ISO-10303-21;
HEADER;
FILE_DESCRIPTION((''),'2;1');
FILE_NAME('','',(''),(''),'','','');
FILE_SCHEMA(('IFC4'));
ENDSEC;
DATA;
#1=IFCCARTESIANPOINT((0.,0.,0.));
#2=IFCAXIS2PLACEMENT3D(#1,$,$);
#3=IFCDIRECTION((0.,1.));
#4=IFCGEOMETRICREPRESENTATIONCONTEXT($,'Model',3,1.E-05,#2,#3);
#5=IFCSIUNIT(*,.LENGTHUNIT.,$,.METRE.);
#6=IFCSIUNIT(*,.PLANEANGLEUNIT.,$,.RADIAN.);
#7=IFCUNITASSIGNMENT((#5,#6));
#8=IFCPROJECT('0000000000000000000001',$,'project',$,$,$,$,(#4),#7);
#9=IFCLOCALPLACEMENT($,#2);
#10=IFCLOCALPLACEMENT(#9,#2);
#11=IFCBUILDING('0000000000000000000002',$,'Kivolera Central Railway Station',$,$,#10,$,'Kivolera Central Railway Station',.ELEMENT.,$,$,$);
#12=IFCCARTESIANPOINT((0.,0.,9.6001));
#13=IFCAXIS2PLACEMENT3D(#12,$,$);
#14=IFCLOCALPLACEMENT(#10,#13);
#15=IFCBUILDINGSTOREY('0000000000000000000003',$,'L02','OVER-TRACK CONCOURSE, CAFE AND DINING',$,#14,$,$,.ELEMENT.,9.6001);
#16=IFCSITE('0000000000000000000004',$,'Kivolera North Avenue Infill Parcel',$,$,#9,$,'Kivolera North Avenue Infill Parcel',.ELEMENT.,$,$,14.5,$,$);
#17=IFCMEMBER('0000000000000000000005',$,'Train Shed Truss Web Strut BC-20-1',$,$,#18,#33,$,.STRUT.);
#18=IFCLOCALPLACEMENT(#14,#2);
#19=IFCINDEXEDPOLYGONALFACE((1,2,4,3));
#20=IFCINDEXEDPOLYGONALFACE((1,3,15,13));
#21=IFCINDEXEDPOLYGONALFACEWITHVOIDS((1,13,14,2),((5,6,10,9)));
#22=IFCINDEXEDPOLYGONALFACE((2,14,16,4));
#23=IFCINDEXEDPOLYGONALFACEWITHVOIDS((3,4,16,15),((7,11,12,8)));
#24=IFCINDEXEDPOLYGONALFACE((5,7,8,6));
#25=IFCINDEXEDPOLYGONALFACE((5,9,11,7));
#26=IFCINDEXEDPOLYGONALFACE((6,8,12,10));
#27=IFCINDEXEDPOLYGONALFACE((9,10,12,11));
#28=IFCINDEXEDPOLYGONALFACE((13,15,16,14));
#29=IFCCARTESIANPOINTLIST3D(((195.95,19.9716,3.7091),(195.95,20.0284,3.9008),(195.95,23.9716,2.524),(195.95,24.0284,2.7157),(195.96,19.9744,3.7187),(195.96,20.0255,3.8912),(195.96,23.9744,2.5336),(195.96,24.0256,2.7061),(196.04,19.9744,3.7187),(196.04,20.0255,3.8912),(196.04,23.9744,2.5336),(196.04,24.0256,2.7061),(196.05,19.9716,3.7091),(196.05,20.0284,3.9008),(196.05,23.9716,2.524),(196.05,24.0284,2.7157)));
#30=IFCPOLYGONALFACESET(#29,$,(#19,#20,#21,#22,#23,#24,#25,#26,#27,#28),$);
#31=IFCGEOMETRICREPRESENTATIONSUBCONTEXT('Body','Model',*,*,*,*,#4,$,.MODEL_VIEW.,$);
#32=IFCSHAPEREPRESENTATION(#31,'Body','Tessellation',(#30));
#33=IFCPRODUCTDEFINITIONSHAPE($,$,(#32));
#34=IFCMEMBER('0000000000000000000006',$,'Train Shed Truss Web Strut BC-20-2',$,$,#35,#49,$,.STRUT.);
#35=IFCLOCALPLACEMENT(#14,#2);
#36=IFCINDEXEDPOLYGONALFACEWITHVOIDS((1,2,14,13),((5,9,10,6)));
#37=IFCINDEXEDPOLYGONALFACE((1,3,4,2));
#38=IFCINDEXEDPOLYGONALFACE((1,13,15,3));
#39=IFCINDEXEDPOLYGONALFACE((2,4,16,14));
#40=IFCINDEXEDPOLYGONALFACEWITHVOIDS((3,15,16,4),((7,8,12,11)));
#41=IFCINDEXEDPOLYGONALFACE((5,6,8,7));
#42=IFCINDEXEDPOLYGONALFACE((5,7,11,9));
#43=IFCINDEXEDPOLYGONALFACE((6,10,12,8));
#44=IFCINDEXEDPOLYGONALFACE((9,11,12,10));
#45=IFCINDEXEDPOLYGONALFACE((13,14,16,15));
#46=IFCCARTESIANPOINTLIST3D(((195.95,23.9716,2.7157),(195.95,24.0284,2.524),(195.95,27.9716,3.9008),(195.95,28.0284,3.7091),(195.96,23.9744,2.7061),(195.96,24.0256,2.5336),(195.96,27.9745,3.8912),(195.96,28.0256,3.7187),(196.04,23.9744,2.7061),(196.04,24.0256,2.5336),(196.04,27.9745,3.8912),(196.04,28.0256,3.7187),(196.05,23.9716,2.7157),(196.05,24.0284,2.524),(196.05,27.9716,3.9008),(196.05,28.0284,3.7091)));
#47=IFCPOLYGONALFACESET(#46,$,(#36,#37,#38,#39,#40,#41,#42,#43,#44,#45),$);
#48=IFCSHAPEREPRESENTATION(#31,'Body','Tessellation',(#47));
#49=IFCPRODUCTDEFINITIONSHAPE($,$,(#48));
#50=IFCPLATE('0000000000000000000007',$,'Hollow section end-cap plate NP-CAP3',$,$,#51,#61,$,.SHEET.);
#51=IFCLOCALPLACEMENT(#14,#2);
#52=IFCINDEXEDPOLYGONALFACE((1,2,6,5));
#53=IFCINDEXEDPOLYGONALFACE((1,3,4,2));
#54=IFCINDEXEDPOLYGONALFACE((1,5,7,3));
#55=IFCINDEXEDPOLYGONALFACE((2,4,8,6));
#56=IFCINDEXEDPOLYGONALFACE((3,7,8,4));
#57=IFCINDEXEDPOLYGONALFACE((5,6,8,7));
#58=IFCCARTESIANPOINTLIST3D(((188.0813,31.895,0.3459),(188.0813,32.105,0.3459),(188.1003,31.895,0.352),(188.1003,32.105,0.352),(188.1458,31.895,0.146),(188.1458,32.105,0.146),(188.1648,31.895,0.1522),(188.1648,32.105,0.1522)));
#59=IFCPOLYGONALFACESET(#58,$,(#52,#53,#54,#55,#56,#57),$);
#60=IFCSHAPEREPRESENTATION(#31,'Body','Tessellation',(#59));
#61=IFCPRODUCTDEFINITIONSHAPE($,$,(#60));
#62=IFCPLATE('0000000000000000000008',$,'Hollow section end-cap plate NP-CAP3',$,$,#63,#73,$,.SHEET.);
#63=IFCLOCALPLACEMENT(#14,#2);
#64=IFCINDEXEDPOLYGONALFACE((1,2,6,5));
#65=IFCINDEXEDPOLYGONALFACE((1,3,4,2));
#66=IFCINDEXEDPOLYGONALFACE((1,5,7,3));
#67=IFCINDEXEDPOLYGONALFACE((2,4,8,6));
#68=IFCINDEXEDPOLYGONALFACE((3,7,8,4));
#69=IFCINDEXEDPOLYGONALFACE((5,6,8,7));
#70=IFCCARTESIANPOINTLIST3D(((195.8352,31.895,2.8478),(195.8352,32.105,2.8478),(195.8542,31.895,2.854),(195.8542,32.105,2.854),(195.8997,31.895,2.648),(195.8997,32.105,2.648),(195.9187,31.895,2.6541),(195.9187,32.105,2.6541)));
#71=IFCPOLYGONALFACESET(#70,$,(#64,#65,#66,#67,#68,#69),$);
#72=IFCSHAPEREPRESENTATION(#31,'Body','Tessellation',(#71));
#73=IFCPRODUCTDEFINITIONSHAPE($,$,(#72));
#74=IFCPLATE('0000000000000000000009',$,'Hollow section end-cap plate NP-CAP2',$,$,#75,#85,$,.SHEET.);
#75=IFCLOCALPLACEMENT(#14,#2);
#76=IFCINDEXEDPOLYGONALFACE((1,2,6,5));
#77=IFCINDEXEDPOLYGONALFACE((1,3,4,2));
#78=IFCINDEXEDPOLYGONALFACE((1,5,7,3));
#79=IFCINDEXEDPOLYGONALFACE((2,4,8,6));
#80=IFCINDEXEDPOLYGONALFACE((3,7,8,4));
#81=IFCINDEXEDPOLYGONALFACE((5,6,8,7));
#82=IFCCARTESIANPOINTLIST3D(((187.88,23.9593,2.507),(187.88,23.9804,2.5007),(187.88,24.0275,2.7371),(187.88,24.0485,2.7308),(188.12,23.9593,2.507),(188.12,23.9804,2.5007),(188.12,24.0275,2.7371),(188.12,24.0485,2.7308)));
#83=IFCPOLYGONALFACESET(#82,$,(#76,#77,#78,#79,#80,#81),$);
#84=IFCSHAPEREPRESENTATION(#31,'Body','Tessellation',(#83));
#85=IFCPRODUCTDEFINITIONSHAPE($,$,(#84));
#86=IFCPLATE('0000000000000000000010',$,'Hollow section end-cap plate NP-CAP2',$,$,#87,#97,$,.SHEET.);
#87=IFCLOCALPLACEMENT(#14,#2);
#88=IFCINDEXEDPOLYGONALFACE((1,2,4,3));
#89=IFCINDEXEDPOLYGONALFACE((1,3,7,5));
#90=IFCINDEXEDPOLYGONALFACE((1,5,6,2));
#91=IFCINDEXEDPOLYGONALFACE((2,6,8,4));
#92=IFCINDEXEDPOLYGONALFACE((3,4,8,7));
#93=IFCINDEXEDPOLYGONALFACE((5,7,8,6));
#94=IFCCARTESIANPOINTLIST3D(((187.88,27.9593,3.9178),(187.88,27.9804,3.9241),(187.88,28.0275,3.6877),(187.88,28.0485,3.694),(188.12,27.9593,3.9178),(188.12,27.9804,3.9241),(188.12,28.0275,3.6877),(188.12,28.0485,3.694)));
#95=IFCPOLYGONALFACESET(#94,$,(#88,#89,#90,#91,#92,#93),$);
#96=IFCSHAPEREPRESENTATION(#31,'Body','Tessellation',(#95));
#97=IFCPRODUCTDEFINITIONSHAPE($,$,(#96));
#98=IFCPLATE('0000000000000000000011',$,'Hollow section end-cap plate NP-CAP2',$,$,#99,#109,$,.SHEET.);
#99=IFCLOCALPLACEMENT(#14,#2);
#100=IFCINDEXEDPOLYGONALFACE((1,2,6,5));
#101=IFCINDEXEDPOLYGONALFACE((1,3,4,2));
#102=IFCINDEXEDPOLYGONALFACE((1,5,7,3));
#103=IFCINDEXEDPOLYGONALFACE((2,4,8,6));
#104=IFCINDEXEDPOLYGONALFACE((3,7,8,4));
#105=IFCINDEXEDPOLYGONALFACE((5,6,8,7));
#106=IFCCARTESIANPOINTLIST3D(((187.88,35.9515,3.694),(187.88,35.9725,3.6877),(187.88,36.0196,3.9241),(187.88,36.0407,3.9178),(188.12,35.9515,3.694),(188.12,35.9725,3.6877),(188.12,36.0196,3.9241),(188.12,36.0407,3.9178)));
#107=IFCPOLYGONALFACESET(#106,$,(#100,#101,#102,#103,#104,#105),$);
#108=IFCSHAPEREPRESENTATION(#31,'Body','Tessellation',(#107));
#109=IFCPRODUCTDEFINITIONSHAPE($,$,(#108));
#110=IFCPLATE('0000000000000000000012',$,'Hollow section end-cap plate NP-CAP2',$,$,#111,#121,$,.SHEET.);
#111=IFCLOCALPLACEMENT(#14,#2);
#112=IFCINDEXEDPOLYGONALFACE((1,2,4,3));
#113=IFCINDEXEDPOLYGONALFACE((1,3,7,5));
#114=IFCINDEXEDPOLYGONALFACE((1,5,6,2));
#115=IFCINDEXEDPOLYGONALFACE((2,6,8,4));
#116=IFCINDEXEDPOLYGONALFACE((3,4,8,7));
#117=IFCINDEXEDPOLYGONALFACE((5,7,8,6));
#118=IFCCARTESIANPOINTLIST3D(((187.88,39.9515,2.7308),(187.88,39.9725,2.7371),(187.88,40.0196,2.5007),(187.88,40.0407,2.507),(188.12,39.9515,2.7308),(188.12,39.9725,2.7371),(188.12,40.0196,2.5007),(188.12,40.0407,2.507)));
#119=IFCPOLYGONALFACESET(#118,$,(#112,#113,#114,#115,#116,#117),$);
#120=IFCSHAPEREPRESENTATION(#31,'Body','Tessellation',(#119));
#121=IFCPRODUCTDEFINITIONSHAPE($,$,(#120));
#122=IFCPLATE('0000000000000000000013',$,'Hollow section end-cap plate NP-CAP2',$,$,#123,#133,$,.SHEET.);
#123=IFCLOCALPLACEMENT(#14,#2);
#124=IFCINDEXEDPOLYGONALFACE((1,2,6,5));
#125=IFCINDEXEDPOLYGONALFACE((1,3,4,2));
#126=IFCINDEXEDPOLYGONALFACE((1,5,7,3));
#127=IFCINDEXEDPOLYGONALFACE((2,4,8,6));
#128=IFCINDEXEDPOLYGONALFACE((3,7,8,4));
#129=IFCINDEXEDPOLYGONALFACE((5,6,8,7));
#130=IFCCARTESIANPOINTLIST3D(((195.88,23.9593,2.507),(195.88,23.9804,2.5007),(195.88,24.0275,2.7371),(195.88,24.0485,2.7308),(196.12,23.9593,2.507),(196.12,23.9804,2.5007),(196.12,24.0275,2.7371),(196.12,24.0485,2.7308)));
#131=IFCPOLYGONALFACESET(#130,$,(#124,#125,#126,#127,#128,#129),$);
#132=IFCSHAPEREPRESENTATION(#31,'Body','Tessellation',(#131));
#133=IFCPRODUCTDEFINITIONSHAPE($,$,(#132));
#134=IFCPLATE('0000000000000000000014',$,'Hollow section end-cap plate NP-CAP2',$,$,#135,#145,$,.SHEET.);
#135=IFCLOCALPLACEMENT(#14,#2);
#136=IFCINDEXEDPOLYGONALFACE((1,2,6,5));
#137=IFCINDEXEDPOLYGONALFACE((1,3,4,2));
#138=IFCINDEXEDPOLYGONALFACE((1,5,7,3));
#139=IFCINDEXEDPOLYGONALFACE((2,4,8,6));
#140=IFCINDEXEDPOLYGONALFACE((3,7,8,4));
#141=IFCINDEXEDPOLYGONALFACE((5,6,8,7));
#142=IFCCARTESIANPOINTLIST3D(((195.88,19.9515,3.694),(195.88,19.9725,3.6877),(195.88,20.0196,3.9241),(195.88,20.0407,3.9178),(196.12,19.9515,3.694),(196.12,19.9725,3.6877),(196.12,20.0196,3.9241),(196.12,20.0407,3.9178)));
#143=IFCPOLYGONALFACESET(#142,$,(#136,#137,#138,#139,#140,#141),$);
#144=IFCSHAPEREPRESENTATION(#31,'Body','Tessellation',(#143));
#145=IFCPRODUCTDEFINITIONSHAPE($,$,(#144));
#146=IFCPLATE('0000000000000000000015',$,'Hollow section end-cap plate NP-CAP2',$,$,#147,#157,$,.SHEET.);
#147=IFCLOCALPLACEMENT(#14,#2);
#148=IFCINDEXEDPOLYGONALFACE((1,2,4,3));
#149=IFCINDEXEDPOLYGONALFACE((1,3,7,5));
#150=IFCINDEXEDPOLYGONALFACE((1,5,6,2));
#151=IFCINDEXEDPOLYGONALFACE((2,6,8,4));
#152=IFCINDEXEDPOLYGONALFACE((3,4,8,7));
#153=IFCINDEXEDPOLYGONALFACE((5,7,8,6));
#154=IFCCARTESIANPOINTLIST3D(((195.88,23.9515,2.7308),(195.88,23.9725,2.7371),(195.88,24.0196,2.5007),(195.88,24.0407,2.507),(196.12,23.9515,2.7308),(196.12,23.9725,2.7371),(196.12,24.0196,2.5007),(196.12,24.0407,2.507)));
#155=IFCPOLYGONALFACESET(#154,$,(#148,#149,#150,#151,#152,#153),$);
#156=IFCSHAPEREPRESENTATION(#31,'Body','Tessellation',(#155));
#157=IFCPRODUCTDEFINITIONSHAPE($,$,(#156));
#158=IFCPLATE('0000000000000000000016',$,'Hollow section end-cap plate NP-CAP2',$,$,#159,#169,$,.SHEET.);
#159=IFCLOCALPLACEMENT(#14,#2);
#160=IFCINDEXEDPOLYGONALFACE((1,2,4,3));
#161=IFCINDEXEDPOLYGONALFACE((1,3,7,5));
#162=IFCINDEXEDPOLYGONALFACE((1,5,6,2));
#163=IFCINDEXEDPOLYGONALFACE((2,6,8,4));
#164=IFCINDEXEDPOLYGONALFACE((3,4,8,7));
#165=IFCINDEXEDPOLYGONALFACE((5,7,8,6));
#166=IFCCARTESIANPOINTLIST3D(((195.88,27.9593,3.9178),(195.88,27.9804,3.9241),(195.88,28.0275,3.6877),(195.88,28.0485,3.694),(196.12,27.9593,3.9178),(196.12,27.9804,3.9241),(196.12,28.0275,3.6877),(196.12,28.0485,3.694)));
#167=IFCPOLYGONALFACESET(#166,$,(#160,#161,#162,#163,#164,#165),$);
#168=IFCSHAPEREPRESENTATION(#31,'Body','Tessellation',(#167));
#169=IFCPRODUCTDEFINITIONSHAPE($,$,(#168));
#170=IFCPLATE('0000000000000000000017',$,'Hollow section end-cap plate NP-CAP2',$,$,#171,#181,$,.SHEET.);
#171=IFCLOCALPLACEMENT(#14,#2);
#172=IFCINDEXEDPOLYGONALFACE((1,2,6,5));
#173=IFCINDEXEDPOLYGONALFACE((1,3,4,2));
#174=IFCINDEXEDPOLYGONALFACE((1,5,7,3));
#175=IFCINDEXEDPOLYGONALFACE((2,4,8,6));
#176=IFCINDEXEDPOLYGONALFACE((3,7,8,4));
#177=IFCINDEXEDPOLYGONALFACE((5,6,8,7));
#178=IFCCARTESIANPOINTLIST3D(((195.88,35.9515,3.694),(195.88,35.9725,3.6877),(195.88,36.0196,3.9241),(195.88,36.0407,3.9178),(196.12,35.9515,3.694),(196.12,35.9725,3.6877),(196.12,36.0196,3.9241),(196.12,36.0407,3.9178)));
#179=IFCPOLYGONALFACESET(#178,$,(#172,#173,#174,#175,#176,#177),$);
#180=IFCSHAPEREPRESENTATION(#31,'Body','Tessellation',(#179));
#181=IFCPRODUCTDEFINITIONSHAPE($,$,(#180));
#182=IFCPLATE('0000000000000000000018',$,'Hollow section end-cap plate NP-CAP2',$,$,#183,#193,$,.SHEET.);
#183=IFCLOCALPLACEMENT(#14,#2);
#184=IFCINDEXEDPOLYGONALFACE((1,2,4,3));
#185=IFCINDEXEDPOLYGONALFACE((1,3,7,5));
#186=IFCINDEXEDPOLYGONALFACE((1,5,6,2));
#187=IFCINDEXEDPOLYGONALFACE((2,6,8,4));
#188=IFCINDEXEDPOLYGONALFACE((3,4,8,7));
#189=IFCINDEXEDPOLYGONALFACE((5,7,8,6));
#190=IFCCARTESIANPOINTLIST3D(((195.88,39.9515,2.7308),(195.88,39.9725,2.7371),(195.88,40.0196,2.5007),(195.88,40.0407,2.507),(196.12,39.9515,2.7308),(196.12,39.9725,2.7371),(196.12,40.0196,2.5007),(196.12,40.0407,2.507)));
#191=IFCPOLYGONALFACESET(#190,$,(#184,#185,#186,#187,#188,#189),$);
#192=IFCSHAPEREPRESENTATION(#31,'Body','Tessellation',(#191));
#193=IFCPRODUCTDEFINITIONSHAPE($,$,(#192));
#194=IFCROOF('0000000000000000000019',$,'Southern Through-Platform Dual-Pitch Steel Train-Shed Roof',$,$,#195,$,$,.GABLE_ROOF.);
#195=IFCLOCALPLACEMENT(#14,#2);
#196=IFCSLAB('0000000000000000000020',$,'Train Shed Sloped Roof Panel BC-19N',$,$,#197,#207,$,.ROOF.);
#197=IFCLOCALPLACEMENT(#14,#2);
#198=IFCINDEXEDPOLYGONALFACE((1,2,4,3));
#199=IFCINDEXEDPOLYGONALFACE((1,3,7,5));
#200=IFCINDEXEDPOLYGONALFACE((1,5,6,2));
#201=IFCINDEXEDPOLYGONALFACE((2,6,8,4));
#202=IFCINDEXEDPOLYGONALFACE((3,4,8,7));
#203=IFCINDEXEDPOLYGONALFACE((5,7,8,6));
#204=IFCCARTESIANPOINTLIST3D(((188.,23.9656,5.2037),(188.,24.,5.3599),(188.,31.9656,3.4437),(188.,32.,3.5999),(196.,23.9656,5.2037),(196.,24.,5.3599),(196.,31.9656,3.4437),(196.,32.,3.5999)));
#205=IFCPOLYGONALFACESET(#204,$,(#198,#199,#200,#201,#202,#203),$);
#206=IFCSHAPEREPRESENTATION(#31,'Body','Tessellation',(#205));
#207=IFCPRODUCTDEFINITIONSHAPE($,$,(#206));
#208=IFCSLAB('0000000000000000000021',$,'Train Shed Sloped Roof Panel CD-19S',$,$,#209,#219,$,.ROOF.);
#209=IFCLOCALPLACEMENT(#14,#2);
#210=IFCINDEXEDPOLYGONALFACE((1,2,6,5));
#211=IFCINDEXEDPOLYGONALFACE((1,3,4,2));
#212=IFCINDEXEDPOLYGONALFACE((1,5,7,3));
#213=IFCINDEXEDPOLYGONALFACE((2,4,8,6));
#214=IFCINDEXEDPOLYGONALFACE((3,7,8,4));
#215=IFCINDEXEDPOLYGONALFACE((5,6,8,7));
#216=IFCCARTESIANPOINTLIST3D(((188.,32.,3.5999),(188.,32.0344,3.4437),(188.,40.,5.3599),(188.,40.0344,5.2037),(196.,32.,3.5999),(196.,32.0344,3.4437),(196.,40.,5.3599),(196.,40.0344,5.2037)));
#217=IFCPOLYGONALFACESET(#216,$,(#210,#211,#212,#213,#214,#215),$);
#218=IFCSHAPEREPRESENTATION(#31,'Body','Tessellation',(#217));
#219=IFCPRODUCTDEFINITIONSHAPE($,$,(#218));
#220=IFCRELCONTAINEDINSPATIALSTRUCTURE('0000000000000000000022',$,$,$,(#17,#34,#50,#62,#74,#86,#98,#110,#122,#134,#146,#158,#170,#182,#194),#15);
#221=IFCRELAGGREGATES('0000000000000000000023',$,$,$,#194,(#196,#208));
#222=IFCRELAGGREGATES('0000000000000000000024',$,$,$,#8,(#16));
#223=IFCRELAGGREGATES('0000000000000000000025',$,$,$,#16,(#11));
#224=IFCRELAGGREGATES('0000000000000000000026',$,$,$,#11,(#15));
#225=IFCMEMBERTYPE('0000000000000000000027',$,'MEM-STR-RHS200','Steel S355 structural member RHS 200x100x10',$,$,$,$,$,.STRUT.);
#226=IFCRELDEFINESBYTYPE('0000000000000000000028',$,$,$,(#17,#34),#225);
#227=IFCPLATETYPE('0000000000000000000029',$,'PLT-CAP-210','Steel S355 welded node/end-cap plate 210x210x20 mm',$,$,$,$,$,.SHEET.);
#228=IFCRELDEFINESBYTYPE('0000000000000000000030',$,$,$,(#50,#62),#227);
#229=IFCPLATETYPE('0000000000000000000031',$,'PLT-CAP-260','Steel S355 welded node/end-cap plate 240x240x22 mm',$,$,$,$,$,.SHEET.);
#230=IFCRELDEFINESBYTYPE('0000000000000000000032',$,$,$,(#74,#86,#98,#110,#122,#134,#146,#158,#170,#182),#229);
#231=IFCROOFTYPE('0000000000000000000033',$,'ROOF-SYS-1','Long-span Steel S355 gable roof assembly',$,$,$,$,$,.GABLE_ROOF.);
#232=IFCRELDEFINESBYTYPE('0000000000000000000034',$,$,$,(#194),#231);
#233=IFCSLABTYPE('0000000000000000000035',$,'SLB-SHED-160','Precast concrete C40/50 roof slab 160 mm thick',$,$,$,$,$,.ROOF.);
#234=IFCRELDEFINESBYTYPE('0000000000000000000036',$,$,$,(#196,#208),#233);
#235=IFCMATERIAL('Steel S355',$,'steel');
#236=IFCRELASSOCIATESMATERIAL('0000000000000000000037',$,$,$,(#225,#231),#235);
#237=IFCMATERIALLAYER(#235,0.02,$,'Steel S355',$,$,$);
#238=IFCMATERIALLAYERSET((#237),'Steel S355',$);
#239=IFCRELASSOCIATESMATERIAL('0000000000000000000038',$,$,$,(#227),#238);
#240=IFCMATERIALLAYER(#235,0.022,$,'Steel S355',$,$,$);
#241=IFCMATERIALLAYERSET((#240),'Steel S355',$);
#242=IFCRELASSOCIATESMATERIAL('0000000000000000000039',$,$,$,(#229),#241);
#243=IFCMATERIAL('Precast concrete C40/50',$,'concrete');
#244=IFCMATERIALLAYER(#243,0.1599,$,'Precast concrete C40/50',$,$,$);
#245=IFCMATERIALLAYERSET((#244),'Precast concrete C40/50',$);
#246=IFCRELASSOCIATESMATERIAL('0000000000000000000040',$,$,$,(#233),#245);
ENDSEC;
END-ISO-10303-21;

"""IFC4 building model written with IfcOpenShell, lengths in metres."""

from ifc_helpers import new_model, si_unit, direction, frame, origin, origin_2d, place, context, subcontext, project, spatial, polyline, rectangle, hollow_rectangle, outline, extrude, material, layer, layer_set, material_profile, profile_set, type_object, element, aggregate, save


model = new_model("IFC4")

# Units and contexts
model_context = context("Model", 3, precision=1e-05, world=origin(), true_north=direction((0.0, 1.0)))
body_context = subcontext(model_context, "Body", "Model", "MODEL_VIEW")
ifc_project = project(units=[si_unit("LENGTHUNIT", "METRE"), si_unit("PLANEANGLEUNIT", "RADIAN")], contexts=[model_context])

# Site, building, storey
site_placement = place(None, origin())
site = spatial("IfcSite", under=ifc_project, at=site_placement, Name="Kivolera North Avenue Infill Parcel", LongName="Kivolera North Avenue Infill Parcel", CompositionType="ELEMENT", RefElevation=14.5)
building_placement = place(site_placement, origin())
building = spatial("IfcBuilding", under=site, at=building_placement, Name="Kivolera Central Railway Station", LongName="Kivolera Central Railway Station", CompositionType="ELEMENT")
storey_placement = place(building_placement, frame((0.0, 0.0, 9.6001)))
storey = spatial("IfcBuildingStorey", under=building, at=storey_placement, Name="L02", Description="OVER-TRACK CONCOURSE, CAFE AND DINING", CompositionType="ELEMENT", Elevation=9.6001)

# Shared definitions
ifc_material_1 = material(Name="Steel S355", Category="steel")

# Members
ifc_material_profile_1 = material_profile(ifc_material_1, hollow_rectangle(XDim=0.1001, YDim=0.2, WallThickness=0.01, at=origin_2d()), Name="RHS 200x100x10")
ifc_profile_set_1 = profile_set([ifc_material_profile_1], Name="Steel S355")
member_type_1 = type_object("IfcMemberType", Name="MEM-STR-RHS200", Description="Steel S355 structural member RHS 200x100x10", PredefinedType="STRUT", material=ifc_profile_set_1)
for number, where, z_axis, x_axis, name in (
    (1, (196.0, 24.0, 2.6199), (0.0, -0.958806, 0.28406), (1.0, 0.0, 0.0), "Train Shed Truss Web Strut BC-20-1"),
    (2, (196.0, 24.0, 2.6199), (0.0, 0.958806, 0.28406), (-1.0, 0.0, 0.0), "Train Shed Truss Web Strut BC-20-2"),
):
    element("IfcMember", number, at=place(storey_placement, frame(where, z_axis=z_axis, x_axis=x_axis)), inside=storey, type_object=member_type_1, Name=name, PredefinedType="STRUT", context=body_context, shape_type="SweptSolid", body=[
        extrude(hollow_rectangle(XDim=0.1001, YDim=0.2, WallThickness=0.01, at=origin_2d()), origin(), (0.0, 0.0, 1.0), 4.1719),
    ])

# Plates
ifc_layer_1 = layer(ifc_material_1, 0.02, Name="Steel S355")
ifc_layer_set_1 = layer_set([ifc_layer_1], Name="Steel S355")
plate_type_1 = type_object("IfcPlateType", Name="PLT-CAP-210", Description="Steel S355 welded node/end-cap plate 210x210x20 mm", PredefinedType="SHEET", material=ifc_layer_set_1)
for number, where, z_axis, x_axis, name in (
    (3, (188.123, 32.0, 0.249), (0.951662, 0.0, 0.307146), (0.0, 1.0, 0.0), "Hollow section end-cap plate NP-CAP3"),
    (4, (195.877, 32.0, 2.751), (0.951662, 0.0, 0.307146), (0.0, 1.0, 0.0), "Hollow section end-cap plate NP-CAP3"),
):
    element("IfcPlate", number, at=place(storey_placement, frame(where, z_axis=z_axis, x_axis=x_axis)), inside=storey, type_object=plate_type_1, Name=name, PredefinedType="SHEET", context=body_context, shape_type="SweptSolid", body=[
        extrude(rectangle(XDim=0.21, YDim=0.21, at=origin_2d()), frame((0.0, 0.0, -0.01)), (0.0, 0.0, 1.0), 0.02),
    ])
ifc_layer_2 = layer(ifc_material_1, 0.022, Name="Steel S355")
ifc_layer_set_2 = layer_set([ifc_layer_2], Name="Steel S355")
plate_type_2 = type_object("IfcPlateType", Name="PLT-CAP-260", Description="Steel S355 welded node/end-cap plate 240x240x22 mm", PredefinedType="SHEET", material=ifc_layer_set_2)
for number, where, z_axis, x_axis, name in (
    (5, (188.0, 24.0039, 2.6189), (0.0, -0.95881, 0.284048), (1.0, 0.0, 0.0), "Hollow section end-cap plate NP-CAP2"),
    (6, (188.0, 28.0039, 3.8059), (0.0, 0.95881, 0.284048), (-1.0, 0.0, 0.0), "Hollow section end-cap plate NP-CAP2"),
    (7, (188.0, 35.9961, 3.8059), (0.0, -0.95881, 0.284048), (1.0, 0.0, 0.0), "Hollow section end-cap plate NP-CAP2"),
    (8, (188.0, 39.9961, 2.6189), (0.0, 0.95881, 0.284048), (-1.0, 0.0, 0.0), "Hollow section end-cap plate NP-CAP2"),
    (9, (196.0, 24.0039, 2.6189), (0.0, -0.95881, 0.284048), (1.0, 0.0, 0.0), "Hollow section end-cap plate NP-CAP2"),
    (10, (196.0, 19.9961, 3.8059), (0.0, -0.95881, 0.284048), (1.0, 0.0, 0.0), "Hollow section end-cap plate NP-CAP2"),
    (11, (196.0, 23.9961, 2.6189), (0.0, 0.95881, 0.284048), (-1.0, 0.0, 0.0), "Hollow section end-cap plate NP-CAP2"),
    (12, (196.0, 28.0039, 3.8059), (0.0, 0.95881, 0.284048), (-1.0, 0.0, 0.0), "Hollow section end-cap plate NP-CAP2"),
    (13, (196.0, 35.9961, 3.8059), (0.0, -0.95881, 0.284048), (1.0, 0.0, 0.0), "Hollow section end-cap plate NP-CAP2"),
    (14, (196.0, 39.9961, 2.6189), (0.0, 0.95881, 0.284048), (-1.0, 0.0, 0.0), "Hollow section end-cap plate NP-CAP2"),
):
    element("IfcPlate", number, at=place(storey_placement, frame(where, z_axis=z_axis, x_axis=x_axis)), inside=storey, type_object=plate_type_2, Name=name, PredefinedType="SHEET", context=body_context, shape_type="SweptSolid", body=[
        extrude(rectangle(XDim=0.24, YDim=0.24, at=origin_2d()), frame((0.0, 0.0, -0.011)), (0.0, 0.0, 1.0), 0.022),
    ])

# Roof, slabs
roof_type = type_object("IfcRoofType", Name="ROOF-SYS-1", Description="Long-span Steel S355 gable roof assembly", PredefinedType="GABLE_ROOF", material=ifc_material_1)
roof_placement = place(storey_placement, origin())
roof = element("IfcRoof", 15, at=roof_placement, inside=storey, type_object=roof_type, Name="Southern Through-Platform Dual-Pitch Steel Train-Shed Roof", PredefinedType="GABLE_ROOF")
ifc_material_2 = material(Name="Precast concrete C40/50", Category="concrete")
ifc_layer_3 = layer(ifc_material_2, 0.1599, Name="Precast concrete C40/50")
ifc_layer_set_3 = layer_set([ifc_layer_3], Name="Precast concrete C40/50")
slab_type = type_object("IfcSlabType", Name="SLB-SHED-160", Description="Precast concrete C40/50 roof slab 160 mm thick", PredefinedType="ROOF", material=ifc_layer_set_3)
slab_1_placement = place(storey_placement, frame((188.0, 24.0, 5.3599), z_axis=(0.0, 0.214863, 0.976644), x_axis=(1.0, 0.0, 0.0)))
slab_1 = element("IfcSlab", 16, at=slab_1_placement, type_object=slab_type, Name="Train Shed Sloped Roof Panel BC-19N", PredefinedType="ROOF", context=body_context, shape_type="SweptSolid", body=[
    extrude(outline(polyline([(0.0, 0.0), (8.0, 0.0), (8.0, 8.1913), (0.0, 8.1913), (0.0, 0.0)])), origin(), (0.0, 0.0, -1.0), 0.1599),
])
slab_2_placement = place(storey_placement, frame((188.0, 32.0, 3.5999), z_axis=(0.0, -0.214863, 0.976644), x_axis=(1.0, 0.0, 0.0)))
slab_2 = element("IfcSlab", 17, at=slab_2_placement, type_object=slab_type, Name="Train Shed Sloped Roof Panel CD-19S", PredefinedType="ROOF", context=body_context, shape_type="SweptSolid", body=[
    extrude(outline(polyline([(0.0, 0.0), (8.0, 0.0), (8.0, 8.1913), (0.0, 8.1913), (0.0, 0.0)])), origin(), (0.0, 0.0, -1.0), 0.1599),
])
aggregate(roof, [slab_1, slab_2])

save(model, "model.ifc")
